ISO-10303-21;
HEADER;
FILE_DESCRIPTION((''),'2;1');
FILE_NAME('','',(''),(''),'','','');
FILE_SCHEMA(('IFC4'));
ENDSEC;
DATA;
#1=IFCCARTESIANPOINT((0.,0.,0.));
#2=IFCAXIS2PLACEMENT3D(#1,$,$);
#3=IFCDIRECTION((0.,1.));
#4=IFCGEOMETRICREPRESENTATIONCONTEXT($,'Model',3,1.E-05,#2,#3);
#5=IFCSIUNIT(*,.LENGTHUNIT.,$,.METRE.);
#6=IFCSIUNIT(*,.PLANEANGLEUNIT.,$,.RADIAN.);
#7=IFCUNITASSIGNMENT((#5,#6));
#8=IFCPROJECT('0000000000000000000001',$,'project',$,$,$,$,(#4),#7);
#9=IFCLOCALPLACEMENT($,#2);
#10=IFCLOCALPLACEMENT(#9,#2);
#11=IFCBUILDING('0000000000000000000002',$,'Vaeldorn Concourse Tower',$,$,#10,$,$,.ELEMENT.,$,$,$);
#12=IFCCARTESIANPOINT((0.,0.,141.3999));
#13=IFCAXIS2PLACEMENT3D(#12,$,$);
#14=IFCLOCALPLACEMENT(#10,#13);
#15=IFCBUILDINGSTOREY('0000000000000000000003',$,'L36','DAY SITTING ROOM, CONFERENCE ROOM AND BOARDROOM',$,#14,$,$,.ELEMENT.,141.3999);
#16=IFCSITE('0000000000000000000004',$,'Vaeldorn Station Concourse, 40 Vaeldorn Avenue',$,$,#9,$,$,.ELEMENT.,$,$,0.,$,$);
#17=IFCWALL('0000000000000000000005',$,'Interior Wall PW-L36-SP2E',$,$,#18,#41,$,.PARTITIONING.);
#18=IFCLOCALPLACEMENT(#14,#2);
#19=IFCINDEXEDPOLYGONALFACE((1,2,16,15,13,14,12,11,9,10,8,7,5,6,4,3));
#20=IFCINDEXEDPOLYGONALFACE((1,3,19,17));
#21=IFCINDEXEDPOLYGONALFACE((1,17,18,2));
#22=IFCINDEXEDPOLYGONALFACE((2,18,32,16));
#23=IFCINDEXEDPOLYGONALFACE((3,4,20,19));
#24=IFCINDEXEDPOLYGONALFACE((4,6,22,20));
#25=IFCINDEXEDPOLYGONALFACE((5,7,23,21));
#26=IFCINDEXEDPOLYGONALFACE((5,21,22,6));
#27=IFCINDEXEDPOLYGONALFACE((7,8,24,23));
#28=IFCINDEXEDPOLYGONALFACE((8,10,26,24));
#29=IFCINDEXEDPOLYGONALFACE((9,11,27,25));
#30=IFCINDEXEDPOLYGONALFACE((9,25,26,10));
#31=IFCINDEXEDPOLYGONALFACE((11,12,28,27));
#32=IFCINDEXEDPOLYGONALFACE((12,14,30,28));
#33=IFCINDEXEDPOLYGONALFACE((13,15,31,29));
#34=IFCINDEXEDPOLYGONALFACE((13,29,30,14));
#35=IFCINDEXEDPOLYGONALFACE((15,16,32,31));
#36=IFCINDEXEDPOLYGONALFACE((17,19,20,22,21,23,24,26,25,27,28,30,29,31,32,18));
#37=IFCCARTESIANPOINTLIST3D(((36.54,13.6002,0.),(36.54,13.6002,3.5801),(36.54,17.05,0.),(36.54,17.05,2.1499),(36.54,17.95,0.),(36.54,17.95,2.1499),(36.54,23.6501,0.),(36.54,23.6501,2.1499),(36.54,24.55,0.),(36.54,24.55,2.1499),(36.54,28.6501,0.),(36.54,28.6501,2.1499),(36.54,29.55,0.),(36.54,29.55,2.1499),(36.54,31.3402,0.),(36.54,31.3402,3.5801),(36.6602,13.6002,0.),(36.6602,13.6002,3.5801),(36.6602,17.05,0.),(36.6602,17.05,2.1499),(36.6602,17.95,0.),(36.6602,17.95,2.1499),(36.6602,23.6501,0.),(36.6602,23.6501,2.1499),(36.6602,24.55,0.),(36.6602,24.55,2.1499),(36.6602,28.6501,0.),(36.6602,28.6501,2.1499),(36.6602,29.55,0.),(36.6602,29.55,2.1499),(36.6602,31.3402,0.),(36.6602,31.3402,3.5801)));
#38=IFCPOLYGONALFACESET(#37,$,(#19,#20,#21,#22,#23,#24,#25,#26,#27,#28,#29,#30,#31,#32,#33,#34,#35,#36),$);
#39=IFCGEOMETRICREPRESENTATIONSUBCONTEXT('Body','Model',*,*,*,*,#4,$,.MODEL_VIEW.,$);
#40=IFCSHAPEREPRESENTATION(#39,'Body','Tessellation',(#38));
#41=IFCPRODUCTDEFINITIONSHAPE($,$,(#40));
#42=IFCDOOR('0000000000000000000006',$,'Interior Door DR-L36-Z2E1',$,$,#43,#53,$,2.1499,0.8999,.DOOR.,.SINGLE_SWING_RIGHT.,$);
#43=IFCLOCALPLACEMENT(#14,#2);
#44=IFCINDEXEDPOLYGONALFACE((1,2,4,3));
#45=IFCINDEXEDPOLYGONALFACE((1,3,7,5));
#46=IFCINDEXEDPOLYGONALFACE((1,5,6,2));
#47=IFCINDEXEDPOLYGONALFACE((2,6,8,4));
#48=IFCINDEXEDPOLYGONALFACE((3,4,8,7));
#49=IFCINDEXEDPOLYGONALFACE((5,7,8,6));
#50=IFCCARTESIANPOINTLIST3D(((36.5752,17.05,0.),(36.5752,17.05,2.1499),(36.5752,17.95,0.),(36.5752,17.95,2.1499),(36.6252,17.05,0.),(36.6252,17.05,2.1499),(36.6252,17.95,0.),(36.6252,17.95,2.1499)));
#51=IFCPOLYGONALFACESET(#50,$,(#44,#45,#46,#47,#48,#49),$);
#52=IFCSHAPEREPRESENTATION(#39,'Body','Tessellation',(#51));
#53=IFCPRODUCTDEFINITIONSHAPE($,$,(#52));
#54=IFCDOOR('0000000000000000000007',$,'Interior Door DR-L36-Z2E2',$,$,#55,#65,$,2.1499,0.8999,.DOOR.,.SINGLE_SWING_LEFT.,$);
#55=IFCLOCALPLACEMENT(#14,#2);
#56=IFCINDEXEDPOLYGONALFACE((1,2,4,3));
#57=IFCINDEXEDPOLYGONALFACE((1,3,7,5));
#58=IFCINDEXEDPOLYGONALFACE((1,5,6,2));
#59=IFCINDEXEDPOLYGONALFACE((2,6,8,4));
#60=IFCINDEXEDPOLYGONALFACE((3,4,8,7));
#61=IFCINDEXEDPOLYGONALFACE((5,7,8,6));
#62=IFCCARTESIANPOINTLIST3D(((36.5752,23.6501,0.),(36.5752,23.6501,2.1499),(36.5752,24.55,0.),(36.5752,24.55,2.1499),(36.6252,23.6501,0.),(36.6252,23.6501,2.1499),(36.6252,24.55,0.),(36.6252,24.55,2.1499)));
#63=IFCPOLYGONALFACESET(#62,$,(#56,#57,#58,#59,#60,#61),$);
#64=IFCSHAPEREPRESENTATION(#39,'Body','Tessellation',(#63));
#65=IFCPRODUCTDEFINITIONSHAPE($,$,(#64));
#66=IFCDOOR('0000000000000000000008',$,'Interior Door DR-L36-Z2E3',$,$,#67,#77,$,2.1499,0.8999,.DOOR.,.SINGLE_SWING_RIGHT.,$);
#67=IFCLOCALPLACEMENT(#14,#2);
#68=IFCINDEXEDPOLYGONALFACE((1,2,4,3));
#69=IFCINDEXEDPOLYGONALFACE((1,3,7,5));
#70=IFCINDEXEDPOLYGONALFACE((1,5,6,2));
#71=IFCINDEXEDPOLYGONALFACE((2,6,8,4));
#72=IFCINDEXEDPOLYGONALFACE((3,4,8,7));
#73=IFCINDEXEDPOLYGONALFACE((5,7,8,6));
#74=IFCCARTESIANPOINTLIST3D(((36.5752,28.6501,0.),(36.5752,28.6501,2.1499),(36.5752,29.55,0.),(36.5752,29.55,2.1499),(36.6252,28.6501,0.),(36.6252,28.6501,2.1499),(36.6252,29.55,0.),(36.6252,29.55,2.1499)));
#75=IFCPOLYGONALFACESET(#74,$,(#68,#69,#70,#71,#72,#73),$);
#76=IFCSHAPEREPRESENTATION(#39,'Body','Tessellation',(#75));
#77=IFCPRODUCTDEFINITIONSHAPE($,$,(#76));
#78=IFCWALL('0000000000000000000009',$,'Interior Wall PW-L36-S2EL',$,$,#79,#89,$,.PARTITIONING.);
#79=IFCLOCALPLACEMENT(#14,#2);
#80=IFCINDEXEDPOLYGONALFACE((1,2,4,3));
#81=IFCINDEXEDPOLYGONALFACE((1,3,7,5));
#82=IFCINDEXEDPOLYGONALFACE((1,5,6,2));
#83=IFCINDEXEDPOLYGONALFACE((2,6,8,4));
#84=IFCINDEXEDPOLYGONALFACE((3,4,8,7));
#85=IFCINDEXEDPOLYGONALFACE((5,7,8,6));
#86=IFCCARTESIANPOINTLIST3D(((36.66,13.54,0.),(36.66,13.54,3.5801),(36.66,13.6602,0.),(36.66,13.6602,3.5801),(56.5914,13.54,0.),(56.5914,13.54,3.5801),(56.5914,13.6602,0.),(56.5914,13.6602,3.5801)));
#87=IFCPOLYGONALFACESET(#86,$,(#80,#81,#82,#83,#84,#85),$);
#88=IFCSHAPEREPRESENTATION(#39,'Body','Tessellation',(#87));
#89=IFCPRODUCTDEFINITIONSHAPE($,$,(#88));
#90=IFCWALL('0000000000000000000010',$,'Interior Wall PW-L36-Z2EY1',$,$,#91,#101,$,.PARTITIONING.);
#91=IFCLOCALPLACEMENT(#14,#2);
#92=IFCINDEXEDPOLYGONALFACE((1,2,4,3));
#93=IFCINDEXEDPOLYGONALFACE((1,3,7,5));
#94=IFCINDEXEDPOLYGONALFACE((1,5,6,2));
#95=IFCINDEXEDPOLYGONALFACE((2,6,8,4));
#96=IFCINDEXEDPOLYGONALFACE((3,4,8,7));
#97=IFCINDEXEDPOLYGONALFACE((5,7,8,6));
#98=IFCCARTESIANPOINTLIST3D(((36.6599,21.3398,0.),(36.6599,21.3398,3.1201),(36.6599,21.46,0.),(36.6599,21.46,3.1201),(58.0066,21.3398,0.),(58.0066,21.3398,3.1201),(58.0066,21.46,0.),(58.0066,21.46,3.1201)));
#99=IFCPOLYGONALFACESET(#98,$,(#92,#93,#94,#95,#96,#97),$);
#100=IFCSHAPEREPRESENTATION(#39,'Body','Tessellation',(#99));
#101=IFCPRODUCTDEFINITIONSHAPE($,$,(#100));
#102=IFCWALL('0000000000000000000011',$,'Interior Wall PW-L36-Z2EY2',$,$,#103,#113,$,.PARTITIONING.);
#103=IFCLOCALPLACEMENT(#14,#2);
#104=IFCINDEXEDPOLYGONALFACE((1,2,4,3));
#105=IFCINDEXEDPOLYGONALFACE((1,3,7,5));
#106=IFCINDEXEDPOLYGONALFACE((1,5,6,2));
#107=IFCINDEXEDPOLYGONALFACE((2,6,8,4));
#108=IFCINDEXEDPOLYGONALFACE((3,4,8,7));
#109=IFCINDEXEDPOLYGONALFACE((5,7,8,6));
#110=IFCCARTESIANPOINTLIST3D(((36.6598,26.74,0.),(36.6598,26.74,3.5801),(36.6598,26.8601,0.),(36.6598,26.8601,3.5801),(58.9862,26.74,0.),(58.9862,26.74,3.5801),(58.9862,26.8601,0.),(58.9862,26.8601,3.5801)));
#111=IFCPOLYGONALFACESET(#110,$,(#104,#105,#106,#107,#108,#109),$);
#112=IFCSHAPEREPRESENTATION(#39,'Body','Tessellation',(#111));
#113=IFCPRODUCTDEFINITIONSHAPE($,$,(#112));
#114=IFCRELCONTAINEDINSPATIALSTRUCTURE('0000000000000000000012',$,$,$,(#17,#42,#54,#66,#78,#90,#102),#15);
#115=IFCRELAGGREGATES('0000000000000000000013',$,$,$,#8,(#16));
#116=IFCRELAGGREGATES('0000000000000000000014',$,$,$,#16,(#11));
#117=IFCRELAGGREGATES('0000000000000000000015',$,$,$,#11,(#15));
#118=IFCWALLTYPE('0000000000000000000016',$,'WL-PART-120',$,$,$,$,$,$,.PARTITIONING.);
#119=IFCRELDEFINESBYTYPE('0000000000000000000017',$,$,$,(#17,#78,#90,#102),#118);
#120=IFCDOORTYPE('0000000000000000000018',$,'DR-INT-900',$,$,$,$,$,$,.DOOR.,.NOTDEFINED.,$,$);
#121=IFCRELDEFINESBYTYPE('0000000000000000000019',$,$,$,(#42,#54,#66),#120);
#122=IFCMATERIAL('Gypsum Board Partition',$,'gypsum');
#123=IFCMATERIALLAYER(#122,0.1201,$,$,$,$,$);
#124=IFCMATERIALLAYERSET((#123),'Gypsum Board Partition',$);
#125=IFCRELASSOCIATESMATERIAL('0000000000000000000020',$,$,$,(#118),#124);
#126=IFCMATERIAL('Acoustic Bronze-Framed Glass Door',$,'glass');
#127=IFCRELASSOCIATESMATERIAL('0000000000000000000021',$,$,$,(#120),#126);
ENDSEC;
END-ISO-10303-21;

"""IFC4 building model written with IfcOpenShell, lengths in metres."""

from ifc_helpers import new_model, si_unit, direction, frame, frame_2d, origin, place, context, subcontext, project, spatial, rectangle, extrude, source, transform, mapped, material, layer, layer_set, type_object, element, fill, save


model = new_model("IFC4")

# Units and contexts
model_context = context("Model", 3, precision=1e-05, world=origin(), true_north=direction((0.0, 1.0)))
body_context = subcontext(model_context, "Body", "Model", "MODEL_VIEW")
ifc_project = project(units=[si_unit("LENGTHUNIT", "METRE"), si_unit("PLANEANGLEUNIT", "RADIAN")], contexts=[model_context])

# Site, building, storey
site_placement = place(None, origin())
site = spatial("IfcSite", under=ifc_project, at=site_placement, Name="Vaeldorn Station Concourse, 40 Vaeldorn Avenue", CompositionType="ELEMENT", RefElevation=0.0)
building_placement = place(site_placement, origin())
building = spatial("IfcBuilding", under=site, at=building_placement, Name="Vaeldorn Concourse Tower", CompositionType="ELEMENT")
storey_placement = place(building_placement, frame((0.0, 0.0, 141.3999)))
storey = spatial("IfcBuildingStorey", under=building, at=storey_placement, Name="L36", Description="DAY SITTING ROOM, CONFERENCE ROOM AND BOARDROOM", CompositionType="ELEMENT", Elevation=141.3999)

# Shared definitions
ifc_material_1 = material(Name="Gypsum Board Partition", Category="gypsum")
ifc_layer_1 = layer(ifc_material_1, 0.1201)
ifc_layer_set_1 = layer_set([ifc_layer_1], Name="Gypsum Board Partition")
wall_type_1 = type_object("IfcWallType", Name="WL-PART-120", PredefinedType="PARTITIONING", material=ifc_layer_set_1)

# Wall, openings, doors
wall_1_placement = place(storey_placement, frame((36.6001, 13.6001, 0.0), z_axis=(0.0, 0.0, 1.0), x_axis=(0.0, 1.0, 0.0)))
wall_1 = element("IfcWall", 1, at=wall_1_placement, inside=storey, type_object=wall_type_1, Name="Interior Wall PW-L36-SP2E", PredefinedType="PARTITIONING", context=body_context, shape_type="SweptSolid", body=[
    extrude(rectangle(XDim=17.74, YDim=0.1201, at=frame_2d((8.8701, 0.0))), origin(), (0.0, 0.0, 1.0), 3.5801),
])
opening_1_placement = place(wall_1_placement, frame((3.45, 0.0, 0.0)))
opening_1 = element("IfcOpeningElement", 2, at=opening_1_placement, cuts=wall_1, PredefinedType="OPENING", context=body_context, shape_type="SweptSolid", body=[
    extrude(rectangle(XDim=0.8999, YDim=2.1499, at=frame_2d((0.45, 1.075))), frame((0.0, 0.0701, 0.0), z_axis=(0.0, -1.0, 0.0), x_axis=(1.0, 0.0, 0.0)), (0.0, 0.0, 1.0), 0.1401),
])
opening_2_placement = place(wall_1_placement, frame((10.05, 0.0, 0.0)))
opening_2 = element("IfcOpeningElement", 3, at=opening_2_placement, cuts=wall_1, PredefinedType="OPENING", context=body_context, shape_type="SweptSolid", body=[
    extrude(rectangle(XDim=0.8999, YDim=2.1499, at=frame_2d((0.45, 1.075))), frame((0.0, 0.0701, 0.0), z_axis=(0.0, -1.0, 0.0), x_axis=(1.0, 0.0, 0.0)), (0.0, 0.0, 1.0), 0.1401),
])
opening_3_placement = place(wall_1_placement, frame((15.05, 0.0, 0.0)))
opening_3 = element("IfcOpeningElement", 4, at=opening_3_placement, cuts=wall_1, PredefinedType="OPENING", context=body_context, shape_type="SweptSolid", body=[
    extrude(rectangle(XDim=0.8999, YDim=2.1499, at=frame_2d((0.45, 1.075))), frame((0.0, 0.0701, 0.0), z_axis=(0.0, -1.0, 0.0), x_axis=(1.0, 0.0, 0.0)), (0.0, 0.0, 1.0), 0.1401),
])
ifc_material_2 = material(Name="Acoustic Bronze-Framed Glass Door", Category="glass")
door_type = type_object("IfcDoorType", Name="DR-INT-900", OperationType="NOTDEFINED", PredefinedType="DOOR", material=ifc_material_2)
shared_shape_1 = source(origin(), body_context, "Body", "SweptSolid", [
    extrude(rectangle(XDim=0.8999, YDim=2.1499, at=frame_2d((0.45, 1.075))), frame((0.0, 0.0249, 0.0), z_axis=(0.0, -1.0, 0.0), x_axis=(1.0, 0.0, 0.0)), (0.0, 0.0, 1.0), 0.05),
])
door_1_placement = place(opening_1_placement, origin())
door_1 = element("IfcDoor", 5, at=door_1_placement, inside=storey, type_object=door_type, Name="Interior Door DR-L36-Z2E1", OperationType="SINGLE_SWING_RIGHT", OverallHeight=2.1499, OverallWidth=0.8999, PredefinedType="DOOR", context=body_context, shape_type="MappedRepresentation", body=[
    mapped(shared_shape_1, transform((0.0, 0.0, 0.0), scale=1.0)),
])
fill(opening_1, door_1)
door_2_placement = place(opening_2_placement, origin())
door_2 = element("IfcDoor", 6, at=door_2_placement, inside=storey, type_object=door_type, Name="Interior Door DR-L36-Z2E2", OperationType="SINGLE_SWING_LEFT", OverallHeight=2.1499, OverallWidth=0.8999, PredefinedType="DOOR", context=body_context, shape_type="MappedRepresentation", body=[
    mapped(shared_shape_1, transform((0.0, 0.0, 0.0), scale=1.0)),
])
fill(opening_2, door_2)
door_3_placement = place(opening_3_placement, origin())
door_3 = element("IfcDoor", 7, at=door_3_placement, inside=storey, type_object=door_type, Name="Interior Door DR-L36-Z2E3", OperationType="SINGLE_SWING_RIGHT", OverallHeight=2.1499, OverallWidth=0.8999, PredefinedType="DOOR", context=body_context, shape_type="MappedRepresentation", body=[
    mapped(shared_shape_1, transform((0.0, 0.0, 0.0), scale=1.0)),
])
fill(opening_3, door_3)

# Walls
wall_2_placement = place(storey_placement, frame((36.6599, 13.6001, 0.0), z_axis=(0.0, 0.0, 1.0), x_axis=(1.0, 0.0, 0.0)))
element("IfcWall", 8, at=wall_2_placement, inside=storey, type_object=wall_type_1, Name="Interior Wall PW-L36-S2EL", PredefinedType="PARTITIONING", context=body_context, shape_type="SweptSolid", body=[
    extrude(rectangle(XDim=19.9314, YDim=0.1201, at=frame_2d((9.9658, 0.0))), origin(), (0.0, 0.0, 1.0), 3.5801),
])
wall_3_placement = place(storey_placement, frame((36.6599, 21.3999, 0.0), z_axis=(0.0, 0.0, 1.0), x_axis=(1.0, 0.0, 0.0)))
element("IfcWall", 9, at=wall_3_placement, inside=storey, type_object=wall_type_1, Name="Interior Wall PW-L36-Z2EY1", PredefinedType="PARTITIONING", context=body_context, shape_type="SweptSolid", body=[
    extrude(rectangle(XDim=21.3467, YDim=0.1201, at=frame_2d((10.6733, 0.0))), origin(), (0.0, 0.0, 1.0), 3.1201),
])
wall_4_placement = place(storey_placement, frame((36.6599, 26.8, 0.0), z_axis=(0.0, 0.0, 1.0), x_axis=(1.0, 0.0, 0.0)))
element("IfcWall", 10, at=wall_4_placement, inside=storey, type_object=wall_type_1, Name="Interior Wall PW-L36-Z2EY2", PredefinedType="PARTITIONING", context=body_context, shape_type="SweptSolid", body=[
    extrude(rectangle(XDim=22.3264, YDim=0.1201, at=frame_2d((11.1631, 0.0))), origin(), (0.0, 0.0, 1.0), 3.5801),
])

save(model, "model.ifc")
